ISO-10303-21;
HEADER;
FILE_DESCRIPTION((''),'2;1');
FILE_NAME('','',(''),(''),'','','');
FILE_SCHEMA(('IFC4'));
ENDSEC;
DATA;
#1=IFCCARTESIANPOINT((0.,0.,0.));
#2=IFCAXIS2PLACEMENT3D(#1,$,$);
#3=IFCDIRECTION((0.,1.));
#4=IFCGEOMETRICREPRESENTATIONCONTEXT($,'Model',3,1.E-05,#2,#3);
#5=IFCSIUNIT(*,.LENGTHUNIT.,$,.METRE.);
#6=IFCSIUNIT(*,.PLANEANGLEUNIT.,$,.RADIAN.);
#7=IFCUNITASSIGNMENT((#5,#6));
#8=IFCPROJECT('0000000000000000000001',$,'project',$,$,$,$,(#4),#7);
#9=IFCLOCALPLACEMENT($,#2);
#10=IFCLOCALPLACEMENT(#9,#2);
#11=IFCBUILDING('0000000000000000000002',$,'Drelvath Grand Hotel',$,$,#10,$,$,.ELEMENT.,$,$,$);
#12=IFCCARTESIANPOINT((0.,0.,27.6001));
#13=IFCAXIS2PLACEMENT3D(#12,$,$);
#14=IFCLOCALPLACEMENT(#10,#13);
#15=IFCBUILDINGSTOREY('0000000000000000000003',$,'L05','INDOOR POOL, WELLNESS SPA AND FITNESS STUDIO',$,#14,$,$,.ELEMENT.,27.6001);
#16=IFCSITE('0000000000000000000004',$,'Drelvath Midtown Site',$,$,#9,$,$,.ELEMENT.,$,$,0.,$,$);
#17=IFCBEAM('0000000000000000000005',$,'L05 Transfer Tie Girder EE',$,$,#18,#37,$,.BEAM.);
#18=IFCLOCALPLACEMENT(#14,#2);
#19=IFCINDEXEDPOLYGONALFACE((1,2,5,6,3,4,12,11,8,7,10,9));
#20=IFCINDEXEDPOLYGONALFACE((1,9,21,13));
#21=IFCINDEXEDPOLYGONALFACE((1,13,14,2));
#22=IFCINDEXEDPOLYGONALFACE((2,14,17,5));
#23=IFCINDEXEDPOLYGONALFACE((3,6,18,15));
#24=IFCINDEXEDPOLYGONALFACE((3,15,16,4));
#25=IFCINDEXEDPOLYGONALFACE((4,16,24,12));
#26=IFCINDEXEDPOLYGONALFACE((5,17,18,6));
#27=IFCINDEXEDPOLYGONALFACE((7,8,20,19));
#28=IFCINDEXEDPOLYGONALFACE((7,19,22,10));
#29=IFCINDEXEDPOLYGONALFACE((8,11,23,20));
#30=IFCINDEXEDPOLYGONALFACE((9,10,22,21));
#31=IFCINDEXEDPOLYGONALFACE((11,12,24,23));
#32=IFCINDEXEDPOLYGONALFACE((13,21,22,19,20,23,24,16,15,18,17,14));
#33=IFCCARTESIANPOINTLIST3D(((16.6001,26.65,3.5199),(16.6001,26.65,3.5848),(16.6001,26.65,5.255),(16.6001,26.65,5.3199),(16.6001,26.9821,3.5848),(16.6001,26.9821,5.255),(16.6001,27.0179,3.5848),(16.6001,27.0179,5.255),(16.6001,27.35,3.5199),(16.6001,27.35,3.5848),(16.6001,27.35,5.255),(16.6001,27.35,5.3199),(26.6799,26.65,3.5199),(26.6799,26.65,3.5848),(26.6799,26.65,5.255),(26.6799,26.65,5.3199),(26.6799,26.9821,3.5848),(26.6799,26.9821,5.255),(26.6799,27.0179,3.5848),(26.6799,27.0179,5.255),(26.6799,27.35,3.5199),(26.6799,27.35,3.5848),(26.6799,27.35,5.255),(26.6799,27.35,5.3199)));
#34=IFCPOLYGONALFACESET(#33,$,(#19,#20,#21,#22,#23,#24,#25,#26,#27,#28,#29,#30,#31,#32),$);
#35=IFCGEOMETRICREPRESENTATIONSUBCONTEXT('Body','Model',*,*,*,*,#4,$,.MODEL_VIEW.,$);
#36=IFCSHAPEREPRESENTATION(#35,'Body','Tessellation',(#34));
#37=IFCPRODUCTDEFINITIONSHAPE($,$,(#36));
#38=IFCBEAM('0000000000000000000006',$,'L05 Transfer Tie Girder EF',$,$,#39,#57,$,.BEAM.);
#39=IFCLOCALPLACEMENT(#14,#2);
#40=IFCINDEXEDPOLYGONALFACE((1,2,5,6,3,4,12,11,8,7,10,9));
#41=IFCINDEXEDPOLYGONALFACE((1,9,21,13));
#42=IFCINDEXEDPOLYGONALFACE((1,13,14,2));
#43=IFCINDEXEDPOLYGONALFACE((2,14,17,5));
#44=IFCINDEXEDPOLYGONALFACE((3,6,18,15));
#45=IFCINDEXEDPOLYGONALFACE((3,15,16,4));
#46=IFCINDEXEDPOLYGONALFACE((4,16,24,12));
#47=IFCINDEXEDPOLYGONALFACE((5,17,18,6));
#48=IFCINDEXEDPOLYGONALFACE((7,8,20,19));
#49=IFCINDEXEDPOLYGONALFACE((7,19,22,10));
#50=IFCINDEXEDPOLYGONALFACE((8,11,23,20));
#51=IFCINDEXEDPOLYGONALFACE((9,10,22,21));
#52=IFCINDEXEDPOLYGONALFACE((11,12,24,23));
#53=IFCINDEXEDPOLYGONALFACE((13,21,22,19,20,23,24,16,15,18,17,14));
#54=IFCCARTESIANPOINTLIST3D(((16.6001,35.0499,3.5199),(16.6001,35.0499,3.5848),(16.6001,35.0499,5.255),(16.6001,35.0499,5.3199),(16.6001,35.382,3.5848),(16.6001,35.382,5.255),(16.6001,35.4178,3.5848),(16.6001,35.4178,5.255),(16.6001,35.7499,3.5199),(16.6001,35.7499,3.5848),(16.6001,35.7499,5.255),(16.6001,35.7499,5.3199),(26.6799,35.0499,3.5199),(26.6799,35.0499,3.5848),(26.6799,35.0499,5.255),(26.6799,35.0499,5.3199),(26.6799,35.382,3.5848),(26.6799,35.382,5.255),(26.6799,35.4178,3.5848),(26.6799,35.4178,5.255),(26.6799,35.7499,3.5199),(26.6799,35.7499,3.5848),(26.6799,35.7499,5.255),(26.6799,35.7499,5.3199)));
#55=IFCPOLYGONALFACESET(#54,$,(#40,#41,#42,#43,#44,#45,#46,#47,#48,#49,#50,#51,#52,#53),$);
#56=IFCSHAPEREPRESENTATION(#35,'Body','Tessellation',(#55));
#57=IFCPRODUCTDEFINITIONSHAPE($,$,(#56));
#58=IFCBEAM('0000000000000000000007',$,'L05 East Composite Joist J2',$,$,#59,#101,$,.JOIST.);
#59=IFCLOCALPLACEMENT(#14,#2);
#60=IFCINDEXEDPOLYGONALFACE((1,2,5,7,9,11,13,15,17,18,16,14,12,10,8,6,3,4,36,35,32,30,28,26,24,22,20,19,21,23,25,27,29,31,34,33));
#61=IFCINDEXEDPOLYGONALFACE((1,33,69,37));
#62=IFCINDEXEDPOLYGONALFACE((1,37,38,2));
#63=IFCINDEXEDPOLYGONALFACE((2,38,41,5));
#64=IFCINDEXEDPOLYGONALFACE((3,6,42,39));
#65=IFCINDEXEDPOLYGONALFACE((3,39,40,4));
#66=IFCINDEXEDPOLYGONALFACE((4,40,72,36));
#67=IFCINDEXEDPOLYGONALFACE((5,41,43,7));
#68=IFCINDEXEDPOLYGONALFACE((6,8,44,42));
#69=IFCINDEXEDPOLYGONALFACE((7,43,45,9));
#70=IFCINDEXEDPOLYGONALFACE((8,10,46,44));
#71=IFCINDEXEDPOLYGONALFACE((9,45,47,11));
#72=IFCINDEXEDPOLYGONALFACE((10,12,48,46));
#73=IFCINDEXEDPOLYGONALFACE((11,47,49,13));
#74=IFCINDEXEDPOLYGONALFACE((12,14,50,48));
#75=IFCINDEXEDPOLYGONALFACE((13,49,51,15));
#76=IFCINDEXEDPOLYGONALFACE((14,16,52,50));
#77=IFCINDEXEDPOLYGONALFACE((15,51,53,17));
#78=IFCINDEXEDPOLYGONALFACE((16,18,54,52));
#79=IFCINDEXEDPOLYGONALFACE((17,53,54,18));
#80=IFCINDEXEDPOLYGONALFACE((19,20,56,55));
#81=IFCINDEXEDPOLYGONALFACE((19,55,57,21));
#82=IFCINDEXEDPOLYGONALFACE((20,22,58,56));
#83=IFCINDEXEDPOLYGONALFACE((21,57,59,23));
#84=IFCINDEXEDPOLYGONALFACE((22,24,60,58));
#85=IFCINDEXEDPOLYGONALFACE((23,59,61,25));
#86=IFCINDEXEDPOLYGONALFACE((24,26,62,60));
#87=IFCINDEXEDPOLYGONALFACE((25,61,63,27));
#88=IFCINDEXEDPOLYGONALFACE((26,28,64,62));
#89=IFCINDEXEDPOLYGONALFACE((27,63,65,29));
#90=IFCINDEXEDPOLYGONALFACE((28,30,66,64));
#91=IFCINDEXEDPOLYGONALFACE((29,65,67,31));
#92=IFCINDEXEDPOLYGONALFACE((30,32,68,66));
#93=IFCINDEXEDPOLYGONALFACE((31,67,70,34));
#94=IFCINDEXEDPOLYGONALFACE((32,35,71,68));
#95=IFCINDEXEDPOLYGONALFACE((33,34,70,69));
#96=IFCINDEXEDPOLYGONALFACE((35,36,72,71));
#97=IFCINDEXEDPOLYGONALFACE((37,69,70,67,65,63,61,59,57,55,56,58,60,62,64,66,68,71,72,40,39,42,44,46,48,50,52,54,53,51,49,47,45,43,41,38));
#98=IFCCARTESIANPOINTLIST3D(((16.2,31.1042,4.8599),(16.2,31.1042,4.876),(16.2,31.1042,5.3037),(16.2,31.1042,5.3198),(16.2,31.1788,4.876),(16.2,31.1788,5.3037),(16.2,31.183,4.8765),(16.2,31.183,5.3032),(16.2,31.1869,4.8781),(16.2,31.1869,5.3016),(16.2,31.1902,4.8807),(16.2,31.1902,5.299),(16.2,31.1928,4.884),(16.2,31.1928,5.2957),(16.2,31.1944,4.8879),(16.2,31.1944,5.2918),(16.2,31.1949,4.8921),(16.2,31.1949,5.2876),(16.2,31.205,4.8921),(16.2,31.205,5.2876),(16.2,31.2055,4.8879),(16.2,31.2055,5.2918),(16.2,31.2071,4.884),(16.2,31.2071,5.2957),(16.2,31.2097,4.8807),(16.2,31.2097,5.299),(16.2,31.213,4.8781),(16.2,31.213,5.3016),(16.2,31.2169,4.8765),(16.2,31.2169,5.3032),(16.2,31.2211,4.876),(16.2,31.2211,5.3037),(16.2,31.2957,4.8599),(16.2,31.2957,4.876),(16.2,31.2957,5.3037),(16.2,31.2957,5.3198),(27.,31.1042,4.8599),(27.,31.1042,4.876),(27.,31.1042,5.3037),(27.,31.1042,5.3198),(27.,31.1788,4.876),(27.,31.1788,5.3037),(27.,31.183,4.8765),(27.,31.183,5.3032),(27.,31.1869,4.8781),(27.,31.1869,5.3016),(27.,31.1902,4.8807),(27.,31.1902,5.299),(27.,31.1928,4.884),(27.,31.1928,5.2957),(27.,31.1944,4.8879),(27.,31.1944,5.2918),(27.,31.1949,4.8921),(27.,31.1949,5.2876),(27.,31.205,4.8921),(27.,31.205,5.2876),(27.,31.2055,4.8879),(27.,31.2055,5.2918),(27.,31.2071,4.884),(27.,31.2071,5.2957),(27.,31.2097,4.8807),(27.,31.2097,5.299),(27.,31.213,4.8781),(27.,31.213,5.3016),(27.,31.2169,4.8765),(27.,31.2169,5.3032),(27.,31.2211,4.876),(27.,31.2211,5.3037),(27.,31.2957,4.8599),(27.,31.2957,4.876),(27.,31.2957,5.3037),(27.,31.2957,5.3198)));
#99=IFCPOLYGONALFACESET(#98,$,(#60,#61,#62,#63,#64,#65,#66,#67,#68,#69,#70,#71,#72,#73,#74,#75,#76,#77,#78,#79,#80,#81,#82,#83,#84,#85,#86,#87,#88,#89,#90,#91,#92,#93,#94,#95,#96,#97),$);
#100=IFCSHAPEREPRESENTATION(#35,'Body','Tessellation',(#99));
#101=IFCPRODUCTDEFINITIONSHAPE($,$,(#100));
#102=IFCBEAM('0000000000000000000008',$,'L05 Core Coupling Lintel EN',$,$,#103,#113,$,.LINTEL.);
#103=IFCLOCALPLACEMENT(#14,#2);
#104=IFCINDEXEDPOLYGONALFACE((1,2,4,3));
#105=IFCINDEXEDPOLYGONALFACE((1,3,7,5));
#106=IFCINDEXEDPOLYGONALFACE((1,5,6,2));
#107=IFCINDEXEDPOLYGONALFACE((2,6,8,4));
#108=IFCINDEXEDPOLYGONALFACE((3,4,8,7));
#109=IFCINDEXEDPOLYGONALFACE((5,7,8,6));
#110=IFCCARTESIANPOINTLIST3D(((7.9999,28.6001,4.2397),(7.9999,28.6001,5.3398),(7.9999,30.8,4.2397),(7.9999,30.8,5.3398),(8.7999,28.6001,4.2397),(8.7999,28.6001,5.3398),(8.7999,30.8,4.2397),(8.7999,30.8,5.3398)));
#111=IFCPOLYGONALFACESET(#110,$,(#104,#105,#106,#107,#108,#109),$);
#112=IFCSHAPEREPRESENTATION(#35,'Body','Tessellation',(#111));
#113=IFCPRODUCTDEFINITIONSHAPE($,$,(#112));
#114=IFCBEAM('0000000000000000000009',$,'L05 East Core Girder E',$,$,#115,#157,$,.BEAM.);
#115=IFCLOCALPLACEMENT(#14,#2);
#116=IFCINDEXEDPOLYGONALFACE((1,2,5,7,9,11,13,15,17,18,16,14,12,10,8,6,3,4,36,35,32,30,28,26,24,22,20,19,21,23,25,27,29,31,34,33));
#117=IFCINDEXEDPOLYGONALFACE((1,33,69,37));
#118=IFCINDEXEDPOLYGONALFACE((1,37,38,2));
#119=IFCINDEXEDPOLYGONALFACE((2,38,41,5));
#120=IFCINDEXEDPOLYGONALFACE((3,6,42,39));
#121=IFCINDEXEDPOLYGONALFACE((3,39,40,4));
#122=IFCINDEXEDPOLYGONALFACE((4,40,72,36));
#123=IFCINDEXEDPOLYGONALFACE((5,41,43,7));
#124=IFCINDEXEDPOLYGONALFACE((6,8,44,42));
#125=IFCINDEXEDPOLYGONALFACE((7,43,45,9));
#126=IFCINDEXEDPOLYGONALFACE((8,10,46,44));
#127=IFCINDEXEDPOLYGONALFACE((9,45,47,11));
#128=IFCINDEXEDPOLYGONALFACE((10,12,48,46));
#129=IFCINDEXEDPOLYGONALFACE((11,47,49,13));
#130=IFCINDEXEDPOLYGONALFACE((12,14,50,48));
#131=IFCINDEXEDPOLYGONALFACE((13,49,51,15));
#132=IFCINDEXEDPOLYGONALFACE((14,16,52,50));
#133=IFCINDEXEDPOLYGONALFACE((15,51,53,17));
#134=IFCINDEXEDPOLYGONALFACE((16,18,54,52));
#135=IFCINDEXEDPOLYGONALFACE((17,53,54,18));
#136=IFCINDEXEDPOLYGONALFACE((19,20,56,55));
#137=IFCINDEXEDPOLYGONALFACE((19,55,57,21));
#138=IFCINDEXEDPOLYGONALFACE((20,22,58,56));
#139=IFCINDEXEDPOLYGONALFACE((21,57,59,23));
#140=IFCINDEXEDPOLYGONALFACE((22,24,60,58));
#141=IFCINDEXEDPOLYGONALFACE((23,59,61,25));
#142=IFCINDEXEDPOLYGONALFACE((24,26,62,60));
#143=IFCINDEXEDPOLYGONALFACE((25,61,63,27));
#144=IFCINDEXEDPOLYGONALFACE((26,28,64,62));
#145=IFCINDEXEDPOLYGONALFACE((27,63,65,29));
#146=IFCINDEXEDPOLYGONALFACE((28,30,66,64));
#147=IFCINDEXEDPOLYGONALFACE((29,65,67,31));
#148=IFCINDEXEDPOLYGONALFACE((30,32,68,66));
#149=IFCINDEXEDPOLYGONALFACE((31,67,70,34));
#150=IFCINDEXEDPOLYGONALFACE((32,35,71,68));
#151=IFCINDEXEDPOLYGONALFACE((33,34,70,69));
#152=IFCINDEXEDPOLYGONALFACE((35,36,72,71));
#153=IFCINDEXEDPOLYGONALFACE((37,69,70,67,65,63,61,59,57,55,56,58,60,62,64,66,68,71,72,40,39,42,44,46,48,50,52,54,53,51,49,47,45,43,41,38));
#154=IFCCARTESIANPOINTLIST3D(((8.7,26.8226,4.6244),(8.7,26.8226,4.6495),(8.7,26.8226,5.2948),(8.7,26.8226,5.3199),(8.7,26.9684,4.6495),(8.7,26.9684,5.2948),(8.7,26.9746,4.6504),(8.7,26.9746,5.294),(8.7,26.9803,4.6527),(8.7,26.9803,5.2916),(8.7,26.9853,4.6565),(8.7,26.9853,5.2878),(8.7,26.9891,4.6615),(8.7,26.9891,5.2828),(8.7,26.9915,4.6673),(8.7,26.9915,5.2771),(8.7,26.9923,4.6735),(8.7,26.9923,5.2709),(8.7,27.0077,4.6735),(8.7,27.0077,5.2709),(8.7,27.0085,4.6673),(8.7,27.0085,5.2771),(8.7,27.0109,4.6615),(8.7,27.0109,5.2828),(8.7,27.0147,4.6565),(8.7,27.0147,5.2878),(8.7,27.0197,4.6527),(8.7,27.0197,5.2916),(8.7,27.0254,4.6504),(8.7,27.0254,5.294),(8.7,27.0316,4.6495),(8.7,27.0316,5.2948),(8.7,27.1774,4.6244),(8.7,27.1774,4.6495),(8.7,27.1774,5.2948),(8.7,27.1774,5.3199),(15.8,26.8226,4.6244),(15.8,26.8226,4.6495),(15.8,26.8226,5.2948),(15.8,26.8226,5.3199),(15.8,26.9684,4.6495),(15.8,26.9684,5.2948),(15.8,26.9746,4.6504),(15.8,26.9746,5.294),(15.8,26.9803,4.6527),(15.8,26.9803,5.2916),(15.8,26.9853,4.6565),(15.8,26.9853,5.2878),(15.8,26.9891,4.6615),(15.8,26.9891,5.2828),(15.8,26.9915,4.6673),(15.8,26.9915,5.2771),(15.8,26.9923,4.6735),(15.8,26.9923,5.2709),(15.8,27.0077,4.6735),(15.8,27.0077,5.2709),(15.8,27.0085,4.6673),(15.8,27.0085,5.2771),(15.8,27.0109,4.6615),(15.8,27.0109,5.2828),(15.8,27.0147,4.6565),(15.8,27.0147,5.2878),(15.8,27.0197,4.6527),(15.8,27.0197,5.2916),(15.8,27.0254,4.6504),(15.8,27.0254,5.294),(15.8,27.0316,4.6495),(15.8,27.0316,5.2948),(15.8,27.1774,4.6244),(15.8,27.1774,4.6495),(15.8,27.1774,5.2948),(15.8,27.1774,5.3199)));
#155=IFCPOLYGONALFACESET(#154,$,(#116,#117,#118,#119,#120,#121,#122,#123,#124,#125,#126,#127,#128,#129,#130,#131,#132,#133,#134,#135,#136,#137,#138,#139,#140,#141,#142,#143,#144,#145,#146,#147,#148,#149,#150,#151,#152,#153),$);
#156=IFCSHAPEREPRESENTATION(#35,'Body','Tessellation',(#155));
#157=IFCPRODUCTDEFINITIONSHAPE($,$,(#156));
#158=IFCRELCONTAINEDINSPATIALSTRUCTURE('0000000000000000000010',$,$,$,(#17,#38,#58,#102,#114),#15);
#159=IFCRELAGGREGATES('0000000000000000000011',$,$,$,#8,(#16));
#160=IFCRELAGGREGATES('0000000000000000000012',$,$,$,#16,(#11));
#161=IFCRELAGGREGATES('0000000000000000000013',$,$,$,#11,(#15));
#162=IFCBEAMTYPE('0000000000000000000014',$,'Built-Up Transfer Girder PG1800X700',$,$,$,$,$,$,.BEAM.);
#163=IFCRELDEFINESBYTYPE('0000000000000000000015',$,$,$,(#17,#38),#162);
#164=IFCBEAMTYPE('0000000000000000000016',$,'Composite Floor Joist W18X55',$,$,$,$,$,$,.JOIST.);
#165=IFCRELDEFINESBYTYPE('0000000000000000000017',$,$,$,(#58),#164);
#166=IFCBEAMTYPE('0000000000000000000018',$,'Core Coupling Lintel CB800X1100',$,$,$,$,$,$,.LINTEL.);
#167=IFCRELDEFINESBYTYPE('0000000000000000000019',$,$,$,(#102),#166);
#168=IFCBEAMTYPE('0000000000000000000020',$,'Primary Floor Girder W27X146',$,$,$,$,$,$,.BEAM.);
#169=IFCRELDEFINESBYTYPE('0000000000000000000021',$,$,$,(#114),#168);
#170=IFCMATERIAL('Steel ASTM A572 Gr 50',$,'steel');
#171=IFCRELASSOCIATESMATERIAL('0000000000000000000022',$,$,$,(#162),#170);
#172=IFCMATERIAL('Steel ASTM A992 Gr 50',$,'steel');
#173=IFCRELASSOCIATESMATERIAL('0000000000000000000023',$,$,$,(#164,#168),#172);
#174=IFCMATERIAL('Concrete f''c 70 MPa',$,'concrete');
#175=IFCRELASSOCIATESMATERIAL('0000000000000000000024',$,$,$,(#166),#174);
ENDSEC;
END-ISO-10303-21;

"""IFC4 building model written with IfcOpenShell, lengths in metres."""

from ifc_helpers import new_model, si_unit, direction, frame, origin, origin_2d, place, context, subcontext, project, spatial, rectangle, i_section, extrude, material, material_profile, profile_set, type_object, element, save


model = new_model("IFC4")

# Units and contexts
model_context = context("Model", 3, precision=1e-05, world=origin(), true_north=direction((0.0, 1.0)))
body_context = subcontext(model_context, "Body", "Model", "MODEL_VIEW")
ifc_project = project(units=[si_unit("LENGTHUNIT", "METRE"), si_unit("PLANEANGLEUNIT", "RADIAN")], contexts=[model_context])

# Site, building, storey
site_placement = place(None, origin())
site = spatial("IfcSite", under=ifc_project, at=site_placement, Name="Drelvath Midtown Site", CompositionType="ELEMENT", RefElevation=0.0)
building_placement = place(site_placement, origin())
building = spatial("IfcBuilding", under=site, at=building_placement, Name="Drelvath Grand Hotel", CompositionType="ELEMENT")
storey_placement = place(building_placement, frame((0.0, 0.0, 27.6001)))
storey = spatial("IfcBuildingStorey", under=building, at=storey_placement, Name="L05", Description="INDOOR POOL, WELLNESS SPA AND FITNESS STUDIO", CompositionType="ELEMENT", Elevation=27.6001)

# Beams
ifc_material_1 = material(Name="Steel ASTM A572 Gr 50", Category="steel")
ifc_material_profile_1 = material_profile(ifc_material_1, i_section(OverallWidth=0.7, OverallDepth=1.8, WebThickness=0.0359, FlangeThickness=0.0649, at=origin_2d()), Name="PG1800X700")
ifc_profile_set_1 = profile_set([ifc_material_profile_1], Name="Steel ASTM A572 Gr 50")
beam_type_1 = type_object("IfcBeamType", Name="Built-Up Transfer Girder PG1800X700", PredefinedType="BEAM", material=ifc_profile_set_1)
for number, where, z_axis, x_axis, name in (
    (1, (16.6001, 27.0, 4.4199), (1.0, 0.0, 0.0), (0.0, 1.0, 0.0), "L05 Transfer Tie Girder EE"),
    (2, (16.6001, 35.3999, 4.4199), (1.0, 0.0, 0.0), (0.0, 1.0, 0.0), "L05 Transfer Tie Girder EF"),
):
    element("IfcBeam", number, at=place(storey_placement, frame(where, z_axis=z_axis, x_axis=x_axis)), inside=storey, type_object=beam_type_1, Name=name, PredefinedType="BEAM", context=body_context, shape_type="SweptSolid", body=[
        extrude(i_section(OverallWidth=0.7, OverallDepth=1.8, WebThickness=0.0359, FlangeThickness=0.0649, at=origin_2d()), origin(), (0.0, 0.0, 1.0), 10.0798),
    ])
ifc_material_2 = material(Name="Steel ASTM A992 Gr 50", Category="steel")
ifc_material_profile_2 = material_profile(ifc_material_2, i_section(OverallWidth=0.1914, OverallDepth=0.46, WebThickness=0.01, FlangeThickness=0.0161, FilletRadius=0.0161, at=origin_2d()), Name="W18X55")
ifc_profile_set_2 = profile_set([ifc_material_profile_2], Name="Steel ASTM A992 Gr 50")
beam_type_2 = type_object("IfcBeamType", Name="Composite Floor Joist W18X55", PredefinedType="JOIST", material=ifc_profile_set_2)
beam_1_placement = place(storey_placement, frame((16.2, 31.2, 5.0898), z_axis=(1.0, 0.0, 0.0), x_axis=(0.0, 1.0, 0.0)))
element("IfcBeam", 3, at=beam_1_placement, inside=storey, type_object=beam_type_2, Name="L05 East Composite Joist J2", PredefinedType="JOIST", context=body_context, shape_type="SweptSolid", body=[
    extrude(i_section(OverallWidth=0.1914, OverallDepth=0.46, WebThickness=0.01, FlangeThickness=0.0161, FilletRadius=0.0161, at=origin_2d()), origin(), (0.0, 0.0, 1.0), 10.8),
])
ifc_material_3 = material(Name="Concrete f'c 70 MPa", Category="concrete")
ifc_material_profile_3 = material_profile(ifc_material_3, rectangle(XDim=0.8, YDim=1.1001, at=origin_2d()), Name="CB800X1100")
ifc_profile_set_3 = profile_set([ifc_material_profile_3], Name="Concrete f'c 70 MPa")
beam_type_3 = type_object("IfcBeamType", Name="Core Coupling Lintel CB800X1100", PredefinedType="LINTEL", material=ifc_profile_set_3)
beam_2_placement = place(storey_placement, frame((8.3999, 28.6001, 4.7898), z_axis=(0.0, 1.0, 0.0), x_axis=(-1.0, 0.0, 0.0)))
element("IfcBeam", 4, at=beam_2_placement, inside=storey, type_object=beam_type_3, Name="L05 Core Coupling Lintel EN", PredefinedType="LINTEL", context=body_context, shape_type="SweptSolid", body=[
    extrude(rectangle(XDim=0.8, YDim=1.1001, at=origin_2d()), origin(), (0.0, 0.0, 1.0), 2.2),
])
ifc_material_profile_4 = material_profile(ifc_material_2, i_section(OverallWidth=0.3547, OverallDepth=0.6956, WebThickness=0.0154, FlangeThickness=0.0251, FilletRadius=0.0239, at=origin_2d()), Name="W27X146")
ifc_profile_set_4 = profile_set([ifc_material_profile_4], Name="Steel ASTM A992 Gr 50")
beam_type_4 = type_object("IfcBeamType", Name="Primary Floor Girder W27X146", PredefinedType="BEAM", material=ifc_profile_set_4)
for number, where, z_axis, x_axis, name in (
    (5, (8.7, 27.0, 4.9722), (1.0, 0.0, 0.0), (0.0, 1.0, 0.0), "L05 East Core Girder E"),
):
    element("IfcBeam", number, at=place(storey_placement, frame(where, z_axis=z_axis, x_axis=x_axis)), inside=storey, type_object=beam_type_4, Name=name, PredefinedType="BEAM", context=body_context, shape_type="SweptSolid", body=[
        extrude(i_section(OverallWidth=0.3547, OverallDepth=0.6956, WebThickness=0.0154, FlangeThickness=0.0251, FilletRadius=0.0239, at=origin_2d()), origin(), (0.0, 0.0, 1.0), 7.1001),
    ])

save(model, "model.ifc")
